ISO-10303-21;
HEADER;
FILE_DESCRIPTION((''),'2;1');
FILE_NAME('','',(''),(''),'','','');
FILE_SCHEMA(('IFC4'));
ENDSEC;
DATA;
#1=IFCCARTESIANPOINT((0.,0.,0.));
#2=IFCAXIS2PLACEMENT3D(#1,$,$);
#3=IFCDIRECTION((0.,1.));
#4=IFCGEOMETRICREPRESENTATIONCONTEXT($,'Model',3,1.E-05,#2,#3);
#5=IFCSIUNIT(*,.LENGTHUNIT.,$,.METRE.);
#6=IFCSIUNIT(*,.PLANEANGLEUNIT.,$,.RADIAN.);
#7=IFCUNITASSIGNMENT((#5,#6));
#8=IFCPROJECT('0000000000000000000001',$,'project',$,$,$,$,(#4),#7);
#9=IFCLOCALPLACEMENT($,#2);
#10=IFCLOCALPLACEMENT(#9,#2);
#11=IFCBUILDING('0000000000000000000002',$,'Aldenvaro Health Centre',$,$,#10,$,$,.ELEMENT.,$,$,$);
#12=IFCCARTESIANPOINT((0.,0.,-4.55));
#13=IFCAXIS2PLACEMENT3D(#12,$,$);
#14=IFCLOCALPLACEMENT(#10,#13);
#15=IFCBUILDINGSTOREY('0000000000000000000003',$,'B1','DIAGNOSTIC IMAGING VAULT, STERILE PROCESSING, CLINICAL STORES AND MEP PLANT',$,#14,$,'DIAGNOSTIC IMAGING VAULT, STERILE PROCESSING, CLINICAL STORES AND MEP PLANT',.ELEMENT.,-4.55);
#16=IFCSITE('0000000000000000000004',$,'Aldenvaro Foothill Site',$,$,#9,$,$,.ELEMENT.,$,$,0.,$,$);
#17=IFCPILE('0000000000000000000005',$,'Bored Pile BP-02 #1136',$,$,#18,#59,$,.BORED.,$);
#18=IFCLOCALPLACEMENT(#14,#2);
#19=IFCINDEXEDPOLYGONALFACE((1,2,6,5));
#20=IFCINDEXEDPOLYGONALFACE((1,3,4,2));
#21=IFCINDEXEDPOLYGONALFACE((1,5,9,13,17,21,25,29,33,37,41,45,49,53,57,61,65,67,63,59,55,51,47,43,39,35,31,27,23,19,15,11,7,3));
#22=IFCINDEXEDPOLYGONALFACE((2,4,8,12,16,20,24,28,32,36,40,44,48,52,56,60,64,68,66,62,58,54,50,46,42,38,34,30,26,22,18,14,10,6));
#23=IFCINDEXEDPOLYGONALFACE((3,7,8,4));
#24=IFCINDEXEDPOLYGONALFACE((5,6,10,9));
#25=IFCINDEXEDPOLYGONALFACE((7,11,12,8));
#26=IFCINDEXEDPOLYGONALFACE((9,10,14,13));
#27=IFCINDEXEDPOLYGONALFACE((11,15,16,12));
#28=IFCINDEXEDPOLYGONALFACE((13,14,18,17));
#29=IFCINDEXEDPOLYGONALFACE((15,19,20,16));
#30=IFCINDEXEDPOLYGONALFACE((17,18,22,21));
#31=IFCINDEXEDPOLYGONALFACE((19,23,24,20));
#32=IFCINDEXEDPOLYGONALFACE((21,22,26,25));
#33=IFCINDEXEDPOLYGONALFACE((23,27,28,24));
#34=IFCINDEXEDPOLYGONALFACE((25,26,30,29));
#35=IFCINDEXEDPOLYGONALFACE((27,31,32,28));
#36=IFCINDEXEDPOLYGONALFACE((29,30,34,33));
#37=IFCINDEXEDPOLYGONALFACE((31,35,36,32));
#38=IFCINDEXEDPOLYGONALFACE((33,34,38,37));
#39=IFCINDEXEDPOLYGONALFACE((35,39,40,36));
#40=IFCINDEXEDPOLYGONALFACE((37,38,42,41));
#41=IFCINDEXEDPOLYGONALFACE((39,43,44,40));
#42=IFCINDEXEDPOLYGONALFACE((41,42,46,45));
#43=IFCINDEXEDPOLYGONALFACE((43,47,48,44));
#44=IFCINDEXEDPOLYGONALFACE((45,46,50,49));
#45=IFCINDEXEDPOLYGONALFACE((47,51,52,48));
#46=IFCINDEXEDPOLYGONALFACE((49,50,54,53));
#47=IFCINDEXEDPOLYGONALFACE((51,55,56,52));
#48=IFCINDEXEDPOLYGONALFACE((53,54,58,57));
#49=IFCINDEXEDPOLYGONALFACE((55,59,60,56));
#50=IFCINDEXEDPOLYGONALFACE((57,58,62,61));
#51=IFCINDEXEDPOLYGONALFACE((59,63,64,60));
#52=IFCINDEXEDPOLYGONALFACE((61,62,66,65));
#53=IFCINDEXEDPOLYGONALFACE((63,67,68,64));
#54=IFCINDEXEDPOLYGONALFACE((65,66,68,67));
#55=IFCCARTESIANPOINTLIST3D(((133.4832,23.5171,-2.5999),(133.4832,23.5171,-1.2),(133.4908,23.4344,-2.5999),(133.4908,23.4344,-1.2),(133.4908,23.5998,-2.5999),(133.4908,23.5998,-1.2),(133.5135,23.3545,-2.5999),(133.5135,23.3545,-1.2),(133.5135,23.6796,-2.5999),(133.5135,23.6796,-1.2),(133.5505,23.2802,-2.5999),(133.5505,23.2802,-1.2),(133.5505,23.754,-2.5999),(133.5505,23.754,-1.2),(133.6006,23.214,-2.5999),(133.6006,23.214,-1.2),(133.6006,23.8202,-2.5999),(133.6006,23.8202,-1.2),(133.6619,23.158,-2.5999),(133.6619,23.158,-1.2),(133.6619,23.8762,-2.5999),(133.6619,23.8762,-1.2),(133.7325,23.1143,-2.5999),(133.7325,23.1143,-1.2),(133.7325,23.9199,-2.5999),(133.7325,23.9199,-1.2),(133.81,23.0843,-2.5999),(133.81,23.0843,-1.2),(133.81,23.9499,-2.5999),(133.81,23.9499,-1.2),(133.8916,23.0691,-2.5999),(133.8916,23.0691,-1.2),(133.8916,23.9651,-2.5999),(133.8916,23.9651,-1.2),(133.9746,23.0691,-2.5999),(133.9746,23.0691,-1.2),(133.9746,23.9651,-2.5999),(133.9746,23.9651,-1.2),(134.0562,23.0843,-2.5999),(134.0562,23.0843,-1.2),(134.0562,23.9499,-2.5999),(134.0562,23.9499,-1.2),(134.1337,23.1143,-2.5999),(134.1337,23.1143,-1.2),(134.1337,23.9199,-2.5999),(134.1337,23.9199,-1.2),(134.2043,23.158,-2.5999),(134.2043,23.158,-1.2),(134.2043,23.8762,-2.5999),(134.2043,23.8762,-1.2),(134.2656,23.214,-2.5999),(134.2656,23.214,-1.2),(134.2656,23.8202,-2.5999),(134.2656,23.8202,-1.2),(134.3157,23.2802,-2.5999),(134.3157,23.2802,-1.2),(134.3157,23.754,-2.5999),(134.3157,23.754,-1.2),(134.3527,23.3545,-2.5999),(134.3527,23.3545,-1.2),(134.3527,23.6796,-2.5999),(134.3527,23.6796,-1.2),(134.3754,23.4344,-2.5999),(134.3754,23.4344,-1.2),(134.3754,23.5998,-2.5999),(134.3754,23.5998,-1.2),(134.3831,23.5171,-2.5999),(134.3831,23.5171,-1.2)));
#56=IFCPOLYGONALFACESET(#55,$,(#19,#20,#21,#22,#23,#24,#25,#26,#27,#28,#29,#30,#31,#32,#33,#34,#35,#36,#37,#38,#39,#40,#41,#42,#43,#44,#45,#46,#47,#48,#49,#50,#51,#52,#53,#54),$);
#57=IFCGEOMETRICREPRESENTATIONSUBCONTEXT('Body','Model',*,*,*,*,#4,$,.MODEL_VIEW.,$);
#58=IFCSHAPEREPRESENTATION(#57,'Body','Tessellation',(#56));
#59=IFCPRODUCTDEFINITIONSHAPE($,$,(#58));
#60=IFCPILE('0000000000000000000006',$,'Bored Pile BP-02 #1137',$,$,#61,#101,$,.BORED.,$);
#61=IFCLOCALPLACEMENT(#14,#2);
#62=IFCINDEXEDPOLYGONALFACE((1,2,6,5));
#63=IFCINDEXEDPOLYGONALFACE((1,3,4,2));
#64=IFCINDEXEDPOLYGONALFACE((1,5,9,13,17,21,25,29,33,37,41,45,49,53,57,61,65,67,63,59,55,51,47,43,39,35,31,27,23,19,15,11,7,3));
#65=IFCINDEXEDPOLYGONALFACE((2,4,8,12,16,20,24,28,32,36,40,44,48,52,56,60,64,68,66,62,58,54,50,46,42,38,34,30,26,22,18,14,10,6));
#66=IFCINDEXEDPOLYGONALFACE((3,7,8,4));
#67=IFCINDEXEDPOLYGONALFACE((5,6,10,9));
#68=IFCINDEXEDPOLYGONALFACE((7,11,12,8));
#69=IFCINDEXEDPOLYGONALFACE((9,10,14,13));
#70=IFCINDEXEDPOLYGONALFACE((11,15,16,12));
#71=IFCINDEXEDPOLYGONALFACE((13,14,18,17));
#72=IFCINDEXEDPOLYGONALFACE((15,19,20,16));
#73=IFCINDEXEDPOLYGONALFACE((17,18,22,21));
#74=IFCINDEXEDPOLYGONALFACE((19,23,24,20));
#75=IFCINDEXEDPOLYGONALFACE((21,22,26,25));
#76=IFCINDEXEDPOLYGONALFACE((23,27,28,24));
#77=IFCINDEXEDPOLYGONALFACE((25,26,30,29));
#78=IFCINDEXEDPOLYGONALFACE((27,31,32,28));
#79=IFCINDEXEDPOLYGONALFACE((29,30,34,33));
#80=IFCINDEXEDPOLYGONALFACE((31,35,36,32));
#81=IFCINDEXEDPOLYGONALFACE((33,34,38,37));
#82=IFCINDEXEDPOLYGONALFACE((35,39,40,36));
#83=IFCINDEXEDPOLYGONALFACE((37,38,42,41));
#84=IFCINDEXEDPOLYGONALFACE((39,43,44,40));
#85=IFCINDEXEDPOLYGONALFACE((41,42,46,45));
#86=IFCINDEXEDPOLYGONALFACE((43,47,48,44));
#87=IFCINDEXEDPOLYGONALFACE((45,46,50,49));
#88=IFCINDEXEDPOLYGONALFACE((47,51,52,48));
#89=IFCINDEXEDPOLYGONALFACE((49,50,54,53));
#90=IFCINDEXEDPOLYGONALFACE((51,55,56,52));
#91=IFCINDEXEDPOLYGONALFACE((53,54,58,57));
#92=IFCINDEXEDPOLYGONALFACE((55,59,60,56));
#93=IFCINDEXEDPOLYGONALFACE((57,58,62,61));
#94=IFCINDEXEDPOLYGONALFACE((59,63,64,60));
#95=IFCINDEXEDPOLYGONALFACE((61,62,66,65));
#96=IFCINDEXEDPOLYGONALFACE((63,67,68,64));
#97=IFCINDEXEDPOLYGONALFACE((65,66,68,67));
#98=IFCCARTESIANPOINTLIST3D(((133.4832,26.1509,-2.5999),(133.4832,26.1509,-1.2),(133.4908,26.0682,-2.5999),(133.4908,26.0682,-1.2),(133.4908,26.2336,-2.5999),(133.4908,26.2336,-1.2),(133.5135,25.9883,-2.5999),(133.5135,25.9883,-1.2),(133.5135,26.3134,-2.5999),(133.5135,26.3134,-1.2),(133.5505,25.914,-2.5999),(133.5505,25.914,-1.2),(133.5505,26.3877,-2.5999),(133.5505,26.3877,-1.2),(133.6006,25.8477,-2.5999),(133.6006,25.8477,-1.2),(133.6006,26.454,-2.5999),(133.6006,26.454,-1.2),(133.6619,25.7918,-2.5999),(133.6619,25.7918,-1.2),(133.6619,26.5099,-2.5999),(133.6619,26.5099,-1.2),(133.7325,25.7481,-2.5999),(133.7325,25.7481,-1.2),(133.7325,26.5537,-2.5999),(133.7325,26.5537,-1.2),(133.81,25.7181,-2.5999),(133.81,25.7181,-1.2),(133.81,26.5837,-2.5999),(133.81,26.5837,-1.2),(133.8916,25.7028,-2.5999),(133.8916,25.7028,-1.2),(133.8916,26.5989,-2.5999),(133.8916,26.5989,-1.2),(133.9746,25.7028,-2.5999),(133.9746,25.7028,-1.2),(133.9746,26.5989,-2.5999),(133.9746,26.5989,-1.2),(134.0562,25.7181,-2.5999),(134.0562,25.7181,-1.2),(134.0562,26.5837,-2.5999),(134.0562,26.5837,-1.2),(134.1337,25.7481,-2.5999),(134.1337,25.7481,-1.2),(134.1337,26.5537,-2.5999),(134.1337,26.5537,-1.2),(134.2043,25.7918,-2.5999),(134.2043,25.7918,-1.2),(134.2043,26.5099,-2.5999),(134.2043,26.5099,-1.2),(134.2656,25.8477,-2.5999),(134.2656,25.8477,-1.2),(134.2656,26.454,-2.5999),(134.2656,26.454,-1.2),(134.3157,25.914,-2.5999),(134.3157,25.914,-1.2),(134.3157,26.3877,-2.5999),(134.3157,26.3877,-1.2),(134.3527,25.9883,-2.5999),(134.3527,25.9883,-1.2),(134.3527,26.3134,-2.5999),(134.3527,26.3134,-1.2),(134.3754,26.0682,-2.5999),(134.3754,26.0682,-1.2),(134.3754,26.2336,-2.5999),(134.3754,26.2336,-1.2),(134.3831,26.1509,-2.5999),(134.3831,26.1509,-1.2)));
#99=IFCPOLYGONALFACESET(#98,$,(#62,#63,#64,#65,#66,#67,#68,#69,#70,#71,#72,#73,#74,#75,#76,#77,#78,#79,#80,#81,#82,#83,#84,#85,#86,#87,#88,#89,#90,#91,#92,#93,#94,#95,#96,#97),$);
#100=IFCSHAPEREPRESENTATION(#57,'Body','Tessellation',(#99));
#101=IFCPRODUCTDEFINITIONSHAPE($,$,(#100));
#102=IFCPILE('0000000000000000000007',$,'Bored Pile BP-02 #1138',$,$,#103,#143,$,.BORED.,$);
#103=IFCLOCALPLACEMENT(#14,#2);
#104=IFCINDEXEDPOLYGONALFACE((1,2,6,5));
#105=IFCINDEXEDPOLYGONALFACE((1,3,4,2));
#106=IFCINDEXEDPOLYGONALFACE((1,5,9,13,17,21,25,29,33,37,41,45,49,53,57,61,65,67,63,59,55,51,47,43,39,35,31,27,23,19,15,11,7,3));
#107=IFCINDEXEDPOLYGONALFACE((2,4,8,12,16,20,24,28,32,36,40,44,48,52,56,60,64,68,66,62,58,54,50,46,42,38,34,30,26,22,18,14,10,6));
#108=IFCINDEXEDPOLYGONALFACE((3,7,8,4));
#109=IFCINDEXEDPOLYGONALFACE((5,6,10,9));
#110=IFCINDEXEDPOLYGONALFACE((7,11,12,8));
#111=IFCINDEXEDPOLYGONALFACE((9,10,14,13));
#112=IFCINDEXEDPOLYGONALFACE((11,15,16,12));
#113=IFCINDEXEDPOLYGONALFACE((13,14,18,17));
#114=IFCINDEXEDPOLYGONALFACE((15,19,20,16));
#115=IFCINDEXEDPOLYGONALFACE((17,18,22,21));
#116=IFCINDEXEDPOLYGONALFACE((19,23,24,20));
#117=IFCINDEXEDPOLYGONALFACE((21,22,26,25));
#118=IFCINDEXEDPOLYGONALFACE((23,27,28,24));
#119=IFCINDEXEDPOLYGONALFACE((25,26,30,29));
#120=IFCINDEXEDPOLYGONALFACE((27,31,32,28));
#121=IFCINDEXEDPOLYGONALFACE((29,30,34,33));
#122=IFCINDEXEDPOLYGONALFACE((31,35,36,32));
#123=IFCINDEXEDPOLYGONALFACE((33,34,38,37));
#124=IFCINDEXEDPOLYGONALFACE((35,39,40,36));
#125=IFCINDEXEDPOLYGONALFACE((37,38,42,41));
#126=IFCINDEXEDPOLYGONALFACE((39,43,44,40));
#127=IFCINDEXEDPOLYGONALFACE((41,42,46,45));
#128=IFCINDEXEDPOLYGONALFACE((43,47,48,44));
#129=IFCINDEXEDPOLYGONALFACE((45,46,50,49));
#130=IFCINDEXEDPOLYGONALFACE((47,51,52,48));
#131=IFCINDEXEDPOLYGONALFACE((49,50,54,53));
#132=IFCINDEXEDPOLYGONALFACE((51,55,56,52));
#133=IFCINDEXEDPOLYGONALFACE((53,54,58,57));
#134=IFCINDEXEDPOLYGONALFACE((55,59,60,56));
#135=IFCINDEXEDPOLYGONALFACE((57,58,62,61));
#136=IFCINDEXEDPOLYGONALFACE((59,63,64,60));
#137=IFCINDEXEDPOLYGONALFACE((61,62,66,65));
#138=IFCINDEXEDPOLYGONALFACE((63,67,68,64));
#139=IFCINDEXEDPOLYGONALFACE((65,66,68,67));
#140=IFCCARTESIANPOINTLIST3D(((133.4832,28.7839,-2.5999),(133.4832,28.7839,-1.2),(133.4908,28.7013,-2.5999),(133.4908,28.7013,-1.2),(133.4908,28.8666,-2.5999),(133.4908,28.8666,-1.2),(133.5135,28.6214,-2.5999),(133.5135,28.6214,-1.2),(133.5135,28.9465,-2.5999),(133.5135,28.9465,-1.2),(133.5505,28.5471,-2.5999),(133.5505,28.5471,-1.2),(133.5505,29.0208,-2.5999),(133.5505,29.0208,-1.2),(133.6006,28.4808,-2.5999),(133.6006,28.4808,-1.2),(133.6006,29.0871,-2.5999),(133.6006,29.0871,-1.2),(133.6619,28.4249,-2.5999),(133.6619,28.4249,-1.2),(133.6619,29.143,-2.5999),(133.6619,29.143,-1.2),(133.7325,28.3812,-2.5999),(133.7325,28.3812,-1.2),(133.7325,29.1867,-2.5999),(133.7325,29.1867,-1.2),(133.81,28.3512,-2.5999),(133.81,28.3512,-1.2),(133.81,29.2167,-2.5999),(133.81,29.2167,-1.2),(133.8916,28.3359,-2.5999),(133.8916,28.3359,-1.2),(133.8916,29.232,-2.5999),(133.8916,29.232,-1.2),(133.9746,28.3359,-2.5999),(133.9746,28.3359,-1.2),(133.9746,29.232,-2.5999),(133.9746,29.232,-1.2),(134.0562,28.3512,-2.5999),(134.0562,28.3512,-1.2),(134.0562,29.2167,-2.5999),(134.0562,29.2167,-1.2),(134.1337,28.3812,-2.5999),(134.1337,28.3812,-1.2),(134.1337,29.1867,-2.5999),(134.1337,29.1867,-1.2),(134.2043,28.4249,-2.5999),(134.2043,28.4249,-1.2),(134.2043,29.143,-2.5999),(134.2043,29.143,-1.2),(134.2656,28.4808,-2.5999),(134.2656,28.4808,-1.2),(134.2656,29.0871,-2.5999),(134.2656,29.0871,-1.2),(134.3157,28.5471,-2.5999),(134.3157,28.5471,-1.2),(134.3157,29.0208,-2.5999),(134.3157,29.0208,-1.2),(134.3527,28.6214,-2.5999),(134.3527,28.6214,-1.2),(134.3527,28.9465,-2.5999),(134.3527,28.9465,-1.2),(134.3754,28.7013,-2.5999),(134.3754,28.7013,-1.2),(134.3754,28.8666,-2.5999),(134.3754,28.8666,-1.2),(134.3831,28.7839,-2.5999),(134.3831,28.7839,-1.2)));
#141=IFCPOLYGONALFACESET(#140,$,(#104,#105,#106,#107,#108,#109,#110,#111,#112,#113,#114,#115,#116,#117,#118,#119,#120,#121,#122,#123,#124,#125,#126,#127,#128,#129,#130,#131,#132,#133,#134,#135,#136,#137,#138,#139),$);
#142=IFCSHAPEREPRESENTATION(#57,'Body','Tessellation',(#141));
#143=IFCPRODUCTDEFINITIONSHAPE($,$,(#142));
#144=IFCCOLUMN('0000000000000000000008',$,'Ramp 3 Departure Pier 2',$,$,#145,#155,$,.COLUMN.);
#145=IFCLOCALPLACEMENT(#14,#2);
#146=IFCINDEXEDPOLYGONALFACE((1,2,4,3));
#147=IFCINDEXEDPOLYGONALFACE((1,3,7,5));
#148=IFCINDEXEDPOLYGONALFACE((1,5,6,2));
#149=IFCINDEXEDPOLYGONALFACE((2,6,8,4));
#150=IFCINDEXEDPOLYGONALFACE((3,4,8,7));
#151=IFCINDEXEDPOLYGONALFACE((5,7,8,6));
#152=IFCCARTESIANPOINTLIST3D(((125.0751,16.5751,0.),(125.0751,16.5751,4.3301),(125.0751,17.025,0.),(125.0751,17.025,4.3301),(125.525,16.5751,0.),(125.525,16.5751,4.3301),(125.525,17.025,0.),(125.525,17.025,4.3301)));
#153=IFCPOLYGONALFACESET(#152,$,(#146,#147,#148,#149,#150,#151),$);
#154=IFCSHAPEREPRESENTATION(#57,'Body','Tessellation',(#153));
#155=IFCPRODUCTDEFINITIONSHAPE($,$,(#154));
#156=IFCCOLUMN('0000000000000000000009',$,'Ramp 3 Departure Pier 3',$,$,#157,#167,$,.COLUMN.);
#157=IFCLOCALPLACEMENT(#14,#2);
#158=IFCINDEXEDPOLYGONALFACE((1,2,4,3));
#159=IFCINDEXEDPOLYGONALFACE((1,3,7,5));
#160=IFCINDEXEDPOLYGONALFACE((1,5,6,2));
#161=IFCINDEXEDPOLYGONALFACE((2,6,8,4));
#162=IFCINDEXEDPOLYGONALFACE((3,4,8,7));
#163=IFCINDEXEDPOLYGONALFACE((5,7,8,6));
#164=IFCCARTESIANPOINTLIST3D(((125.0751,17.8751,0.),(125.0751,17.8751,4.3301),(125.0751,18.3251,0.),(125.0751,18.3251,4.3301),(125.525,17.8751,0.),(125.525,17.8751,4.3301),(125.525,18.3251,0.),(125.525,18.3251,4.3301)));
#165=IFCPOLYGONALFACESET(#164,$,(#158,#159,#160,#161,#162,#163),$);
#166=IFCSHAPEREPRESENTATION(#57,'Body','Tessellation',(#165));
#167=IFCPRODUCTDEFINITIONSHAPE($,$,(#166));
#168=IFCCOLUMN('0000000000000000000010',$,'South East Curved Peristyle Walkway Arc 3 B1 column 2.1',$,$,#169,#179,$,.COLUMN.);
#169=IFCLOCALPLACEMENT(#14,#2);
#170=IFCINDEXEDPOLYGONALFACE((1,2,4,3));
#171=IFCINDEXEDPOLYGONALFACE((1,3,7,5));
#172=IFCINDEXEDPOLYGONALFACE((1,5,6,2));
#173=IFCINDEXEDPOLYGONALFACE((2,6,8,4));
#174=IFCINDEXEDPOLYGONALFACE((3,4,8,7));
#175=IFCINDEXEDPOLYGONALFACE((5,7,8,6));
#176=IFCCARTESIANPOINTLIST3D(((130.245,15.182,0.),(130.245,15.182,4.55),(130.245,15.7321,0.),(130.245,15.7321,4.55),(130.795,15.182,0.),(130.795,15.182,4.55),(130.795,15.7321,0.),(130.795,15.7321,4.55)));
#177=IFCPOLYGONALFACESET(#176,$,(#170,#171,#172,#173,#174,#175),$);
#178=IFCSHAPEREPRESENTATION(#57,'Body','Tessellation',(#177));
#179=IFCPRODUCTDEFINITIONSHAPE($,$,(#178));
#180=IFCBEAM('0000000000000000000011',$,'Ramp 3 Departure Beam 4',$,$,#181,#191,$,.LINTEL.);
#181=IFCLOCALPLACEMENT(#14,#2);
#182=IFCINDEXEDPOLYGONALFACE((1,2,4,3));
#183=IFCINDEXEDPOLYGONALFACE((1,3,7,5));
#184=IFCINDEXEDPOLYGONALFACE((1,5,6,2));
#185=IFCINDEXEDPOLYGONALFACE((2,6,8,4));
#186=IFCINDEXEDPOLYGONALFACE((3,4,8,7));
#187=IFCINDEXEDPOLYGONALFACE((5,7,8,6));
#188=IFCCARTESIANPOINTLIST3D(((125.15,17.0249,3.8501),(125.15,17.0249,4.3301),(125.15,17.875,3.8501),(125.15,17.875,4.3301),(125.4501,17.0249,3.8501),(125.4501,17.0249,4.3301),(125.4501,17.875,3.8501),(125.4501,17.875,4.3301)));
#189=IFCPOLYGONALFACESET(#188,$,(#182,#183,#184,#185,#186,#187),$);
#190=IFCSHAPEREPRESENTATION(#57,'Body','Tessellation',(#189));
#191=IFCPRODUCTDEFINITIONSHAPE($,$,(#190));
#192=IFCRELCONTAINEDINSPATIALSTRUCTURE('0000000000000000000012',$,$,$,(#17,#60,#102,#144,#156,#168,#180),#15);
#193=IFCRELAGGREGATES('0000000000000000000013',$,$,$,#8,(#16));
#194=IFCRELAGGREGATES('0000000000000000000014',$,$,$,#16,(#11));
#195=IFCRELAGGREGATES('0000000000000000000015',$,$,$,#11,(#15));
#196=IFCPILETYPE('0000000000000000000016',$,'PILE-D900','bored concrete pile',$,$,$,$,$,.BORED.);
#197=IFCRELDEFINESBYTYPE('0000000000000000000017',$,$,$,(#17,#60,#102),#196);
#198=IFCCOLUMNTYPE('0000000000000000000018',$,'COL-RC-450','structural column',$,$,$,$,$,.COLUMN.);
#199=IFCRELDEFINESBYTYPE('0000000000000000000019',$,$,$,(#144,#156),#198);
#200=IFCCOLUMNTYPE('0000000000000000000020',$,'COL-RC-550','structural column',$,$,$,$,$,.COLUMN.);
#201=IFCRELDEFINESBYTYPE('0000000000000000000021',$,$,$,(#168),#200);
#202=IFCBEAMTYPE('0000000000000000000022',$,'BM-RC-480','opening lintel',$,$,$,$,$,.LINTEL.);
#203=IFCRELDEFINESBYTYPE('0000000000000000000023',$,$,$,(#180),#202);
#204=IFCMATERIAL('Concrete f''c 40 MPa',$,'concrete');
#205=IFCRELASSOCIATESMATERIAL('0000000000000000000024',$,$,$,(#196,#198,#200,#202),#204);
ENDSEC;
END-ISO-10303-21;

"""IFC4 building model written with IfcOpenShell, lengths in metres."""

from ifc_helpers import new_model, si_unit, direction, frame, origin, origin_2d, place, context, subcontext, project, spatial, rectangle, circle, extrude, material, material_profile, profile_set, type_object, element, save


model = new_model("IFC4")

# Units and contexts
model_context = context("Model", 3, precision=1e-05, world=origin(), true_north=direction((0.0, 1.0)))
body_context = subcontext(model_context, "Body", "Model", "MODEL_VIEW")
ifc_project = project(units=[si_unit("LENGTHUNIT", "METRE"), si_unit("PLANEANGLEUNIT", "RADIAN")], contexts=[model_context])

# Site, building, storey
site_placement = place(None, origin())
site = spatial("IfcSite", under=ifc_project, at=site_placement, Name="Aldenvaro Foothill Site", CompositionType="ELEMENT", RefElevation=0.0)
building_placement = place(site_placement, origin())
building = spatial("IfcBuilding", under=site, at=building_placement, Name="Aldenvaro Health Centre", CompositionType="ELEMENT")
storey_placement = place(building_placement, frame((0.0, 0.0, -4.55)))
storey = spatial("IfcBuildingStorey", under=building, at=storey_placement, Name="B1", Description="DIAGNOSTIC IMAGING VAULT, STERILE PROCESSING, CLINICAL STORES AND MEP PLANT", LongName="DIAGNOSTIC IMAGING VAULT, STERILE PROCESSING, CLINICAL STORES AND MEP PLANT", CompositionType="ELEMENT", Elevation=-4.55)

# Piles
ifc_material_1 = material(Name="Concrete f'c 40 MPa", Category="concrete")
ifc_material_profile_1 = material_profile(ifc_material_1, circle(Radius=0.45, at=origin_2d()), Name="PILE D900", Category="concrete")
ifc_profile_set_1 = profile_set([ifc_material_profile_1], Name="Concrete f'c 40 MPa")
pile_type_1 = type_object("IfcPileType", Name="PILE-D900", Description="bored concrete pile", PredefinedType="BORED", material=ifc_profile_set_1)
for number, where, z_axis, x_axis, name in (
    (1, (133.9331, 23.5171, -1.2), (0.0, 0.0, -1.0), (1.0, 0.0, 0.0), "Bored Pile BP-02 #1136"),
    (2, (133.9331, 26.1509, -1.2), (0.0, 0.0, -1.0), (1.0, 0.0, 0.0), "Bored Pile BP-02 #1137"),
    (3, (133.9331, 28.7839, -1.2), (0.0, 0.0, -1.0), (1.0, 0.0, 0.0), "Bored Pile BP-02 #1138"),
):
    element("IfcPile", number, at=place(storey_placement, frame(where, z_axis=z_axis, x_axis=x_axis)), inside=storey, type_object=pile_type_1, Name=name, PredefinedType="BORED", context=body_context, shape_type="SweptSolid", body=[
        extrude(circle(Radius=0.45, at=origin_2d()), origin(), (0.0, 0.0, 1.0), 1.3999),
    ])

# Columns
ifc_material_profile_2 = material_profile(ifc_material_1, rectangle(XDim=0.45, YDim=0.45, at=origin_2d()), Name="RC 450x450", Category="concrete")
ifc_profile_set_2 = profile_set([ifc_material_profile_2], Name="Concrete f'c 40 MPa")
column_type_1 = type_object("IfcColumnType", Name="COL-RC-450", Description="structural column", PredefinedType="COLUMN", material=ifc_profile_set_2)
for number, where, z_axis, x_axis, name in (
    (4, (125.3, 16.8, 0.0), (0.0, 0.0, 1.0), (1.0, 0.0, 0.0), "Ramp 3 Departure Pier 2"),
    (5, (125.3, 18.1001, 0.0), (0.0, 0.0, 1.0), (1.0, 0.0, 0.0), "Ramp 3 Departure Pier 3"),
):
    element("IfcColumn", number, at=place(storey_placement, frame(where, z_axis=z_axis, x_axis=x_axis)), inside=storey, type_object=column_type_1, Name=name, PredefinedType="COLUMN", context=body_context, shape_type="SweptSolid", body=[
        extrude(rectangle(XDim=0.45, YDim=0.45, at=origin_2d()), origin(), (0.0, 0.0, 1.0), 4.3301),
    ])
ifc_material_profile_3 = material_profile(ifc_material_1, rectangle(XDim=0.55, YDim=0.55, at=origin_2d()), Name="RC 550x550", Category="concrete")
ifc_profile_set_3 = profile_set([ifc_material_profile_3], Name="Concrete f'c 40 MPa")
column_type_2 = type_object("IfcColumnType", Name="COL-RC-550", Description="structural column", PredefinedType="COLUMN", material=ifc_profile_set_3)
column_placement = place(storey_placement, frame((130.52, 15.457, 0.0), z_axis=(0.0, 0.0, 1.0), x_axis=(1.0, 0.0, 0.0)))
element("IfcColumn", 6, at=column_placement, inside=storey, type_object=column_type_2, Name="South East Curved Peristyle Walkway Arc 3 B1 column 2.1", PredefinedType="COLUMN", context=body_context, shape_type="SweptSolid", body=[
    extrude(rectangle(XDim=0.55, YDim=0.55, at=origin_2d()), origin(), (0.0, 0.0, 1.0), 4.55),
])

# Beam
ifc_material_profile_4 = material_profile(ifc_material_1, rectangle(XDim=0.3, YDim=0.48, at=origin_2d()), Name="RC 300x480", Category="concrete")
ifc_profile_set_4 = profile_set([ifc_material_profile_4], Name="Concrete f'c 40 MPa")
beam_type_1 = type_object("IfcBeamType", Name="BM-RC-480", Description="opening lintel", PredefinedType="LINTEL", material=ifc_profile_set_4)
beam_1_placement = place(storey_placement, frame((125.3, 17.0249, 4.0901), z_axis=(0.0, 1.0, 0.0), x_axis=(-1.0, 0.0, 0.0)))
element("IfcBeam", 7, at=beam_1_placement, inside=storey, type_object=beam_type_1, Name="Ramp 3 Departure Beam 4", PredefinedType="LINTEL", context=body_context, shape_type="SweptSolid", body=[
    extrude(rectangle(XDim=0.3, YDim=0.48, at=origin_2d()), origin(), (0.0, 0.0, 1.0), 0.8501),
])

save(model, "model.ifc")
